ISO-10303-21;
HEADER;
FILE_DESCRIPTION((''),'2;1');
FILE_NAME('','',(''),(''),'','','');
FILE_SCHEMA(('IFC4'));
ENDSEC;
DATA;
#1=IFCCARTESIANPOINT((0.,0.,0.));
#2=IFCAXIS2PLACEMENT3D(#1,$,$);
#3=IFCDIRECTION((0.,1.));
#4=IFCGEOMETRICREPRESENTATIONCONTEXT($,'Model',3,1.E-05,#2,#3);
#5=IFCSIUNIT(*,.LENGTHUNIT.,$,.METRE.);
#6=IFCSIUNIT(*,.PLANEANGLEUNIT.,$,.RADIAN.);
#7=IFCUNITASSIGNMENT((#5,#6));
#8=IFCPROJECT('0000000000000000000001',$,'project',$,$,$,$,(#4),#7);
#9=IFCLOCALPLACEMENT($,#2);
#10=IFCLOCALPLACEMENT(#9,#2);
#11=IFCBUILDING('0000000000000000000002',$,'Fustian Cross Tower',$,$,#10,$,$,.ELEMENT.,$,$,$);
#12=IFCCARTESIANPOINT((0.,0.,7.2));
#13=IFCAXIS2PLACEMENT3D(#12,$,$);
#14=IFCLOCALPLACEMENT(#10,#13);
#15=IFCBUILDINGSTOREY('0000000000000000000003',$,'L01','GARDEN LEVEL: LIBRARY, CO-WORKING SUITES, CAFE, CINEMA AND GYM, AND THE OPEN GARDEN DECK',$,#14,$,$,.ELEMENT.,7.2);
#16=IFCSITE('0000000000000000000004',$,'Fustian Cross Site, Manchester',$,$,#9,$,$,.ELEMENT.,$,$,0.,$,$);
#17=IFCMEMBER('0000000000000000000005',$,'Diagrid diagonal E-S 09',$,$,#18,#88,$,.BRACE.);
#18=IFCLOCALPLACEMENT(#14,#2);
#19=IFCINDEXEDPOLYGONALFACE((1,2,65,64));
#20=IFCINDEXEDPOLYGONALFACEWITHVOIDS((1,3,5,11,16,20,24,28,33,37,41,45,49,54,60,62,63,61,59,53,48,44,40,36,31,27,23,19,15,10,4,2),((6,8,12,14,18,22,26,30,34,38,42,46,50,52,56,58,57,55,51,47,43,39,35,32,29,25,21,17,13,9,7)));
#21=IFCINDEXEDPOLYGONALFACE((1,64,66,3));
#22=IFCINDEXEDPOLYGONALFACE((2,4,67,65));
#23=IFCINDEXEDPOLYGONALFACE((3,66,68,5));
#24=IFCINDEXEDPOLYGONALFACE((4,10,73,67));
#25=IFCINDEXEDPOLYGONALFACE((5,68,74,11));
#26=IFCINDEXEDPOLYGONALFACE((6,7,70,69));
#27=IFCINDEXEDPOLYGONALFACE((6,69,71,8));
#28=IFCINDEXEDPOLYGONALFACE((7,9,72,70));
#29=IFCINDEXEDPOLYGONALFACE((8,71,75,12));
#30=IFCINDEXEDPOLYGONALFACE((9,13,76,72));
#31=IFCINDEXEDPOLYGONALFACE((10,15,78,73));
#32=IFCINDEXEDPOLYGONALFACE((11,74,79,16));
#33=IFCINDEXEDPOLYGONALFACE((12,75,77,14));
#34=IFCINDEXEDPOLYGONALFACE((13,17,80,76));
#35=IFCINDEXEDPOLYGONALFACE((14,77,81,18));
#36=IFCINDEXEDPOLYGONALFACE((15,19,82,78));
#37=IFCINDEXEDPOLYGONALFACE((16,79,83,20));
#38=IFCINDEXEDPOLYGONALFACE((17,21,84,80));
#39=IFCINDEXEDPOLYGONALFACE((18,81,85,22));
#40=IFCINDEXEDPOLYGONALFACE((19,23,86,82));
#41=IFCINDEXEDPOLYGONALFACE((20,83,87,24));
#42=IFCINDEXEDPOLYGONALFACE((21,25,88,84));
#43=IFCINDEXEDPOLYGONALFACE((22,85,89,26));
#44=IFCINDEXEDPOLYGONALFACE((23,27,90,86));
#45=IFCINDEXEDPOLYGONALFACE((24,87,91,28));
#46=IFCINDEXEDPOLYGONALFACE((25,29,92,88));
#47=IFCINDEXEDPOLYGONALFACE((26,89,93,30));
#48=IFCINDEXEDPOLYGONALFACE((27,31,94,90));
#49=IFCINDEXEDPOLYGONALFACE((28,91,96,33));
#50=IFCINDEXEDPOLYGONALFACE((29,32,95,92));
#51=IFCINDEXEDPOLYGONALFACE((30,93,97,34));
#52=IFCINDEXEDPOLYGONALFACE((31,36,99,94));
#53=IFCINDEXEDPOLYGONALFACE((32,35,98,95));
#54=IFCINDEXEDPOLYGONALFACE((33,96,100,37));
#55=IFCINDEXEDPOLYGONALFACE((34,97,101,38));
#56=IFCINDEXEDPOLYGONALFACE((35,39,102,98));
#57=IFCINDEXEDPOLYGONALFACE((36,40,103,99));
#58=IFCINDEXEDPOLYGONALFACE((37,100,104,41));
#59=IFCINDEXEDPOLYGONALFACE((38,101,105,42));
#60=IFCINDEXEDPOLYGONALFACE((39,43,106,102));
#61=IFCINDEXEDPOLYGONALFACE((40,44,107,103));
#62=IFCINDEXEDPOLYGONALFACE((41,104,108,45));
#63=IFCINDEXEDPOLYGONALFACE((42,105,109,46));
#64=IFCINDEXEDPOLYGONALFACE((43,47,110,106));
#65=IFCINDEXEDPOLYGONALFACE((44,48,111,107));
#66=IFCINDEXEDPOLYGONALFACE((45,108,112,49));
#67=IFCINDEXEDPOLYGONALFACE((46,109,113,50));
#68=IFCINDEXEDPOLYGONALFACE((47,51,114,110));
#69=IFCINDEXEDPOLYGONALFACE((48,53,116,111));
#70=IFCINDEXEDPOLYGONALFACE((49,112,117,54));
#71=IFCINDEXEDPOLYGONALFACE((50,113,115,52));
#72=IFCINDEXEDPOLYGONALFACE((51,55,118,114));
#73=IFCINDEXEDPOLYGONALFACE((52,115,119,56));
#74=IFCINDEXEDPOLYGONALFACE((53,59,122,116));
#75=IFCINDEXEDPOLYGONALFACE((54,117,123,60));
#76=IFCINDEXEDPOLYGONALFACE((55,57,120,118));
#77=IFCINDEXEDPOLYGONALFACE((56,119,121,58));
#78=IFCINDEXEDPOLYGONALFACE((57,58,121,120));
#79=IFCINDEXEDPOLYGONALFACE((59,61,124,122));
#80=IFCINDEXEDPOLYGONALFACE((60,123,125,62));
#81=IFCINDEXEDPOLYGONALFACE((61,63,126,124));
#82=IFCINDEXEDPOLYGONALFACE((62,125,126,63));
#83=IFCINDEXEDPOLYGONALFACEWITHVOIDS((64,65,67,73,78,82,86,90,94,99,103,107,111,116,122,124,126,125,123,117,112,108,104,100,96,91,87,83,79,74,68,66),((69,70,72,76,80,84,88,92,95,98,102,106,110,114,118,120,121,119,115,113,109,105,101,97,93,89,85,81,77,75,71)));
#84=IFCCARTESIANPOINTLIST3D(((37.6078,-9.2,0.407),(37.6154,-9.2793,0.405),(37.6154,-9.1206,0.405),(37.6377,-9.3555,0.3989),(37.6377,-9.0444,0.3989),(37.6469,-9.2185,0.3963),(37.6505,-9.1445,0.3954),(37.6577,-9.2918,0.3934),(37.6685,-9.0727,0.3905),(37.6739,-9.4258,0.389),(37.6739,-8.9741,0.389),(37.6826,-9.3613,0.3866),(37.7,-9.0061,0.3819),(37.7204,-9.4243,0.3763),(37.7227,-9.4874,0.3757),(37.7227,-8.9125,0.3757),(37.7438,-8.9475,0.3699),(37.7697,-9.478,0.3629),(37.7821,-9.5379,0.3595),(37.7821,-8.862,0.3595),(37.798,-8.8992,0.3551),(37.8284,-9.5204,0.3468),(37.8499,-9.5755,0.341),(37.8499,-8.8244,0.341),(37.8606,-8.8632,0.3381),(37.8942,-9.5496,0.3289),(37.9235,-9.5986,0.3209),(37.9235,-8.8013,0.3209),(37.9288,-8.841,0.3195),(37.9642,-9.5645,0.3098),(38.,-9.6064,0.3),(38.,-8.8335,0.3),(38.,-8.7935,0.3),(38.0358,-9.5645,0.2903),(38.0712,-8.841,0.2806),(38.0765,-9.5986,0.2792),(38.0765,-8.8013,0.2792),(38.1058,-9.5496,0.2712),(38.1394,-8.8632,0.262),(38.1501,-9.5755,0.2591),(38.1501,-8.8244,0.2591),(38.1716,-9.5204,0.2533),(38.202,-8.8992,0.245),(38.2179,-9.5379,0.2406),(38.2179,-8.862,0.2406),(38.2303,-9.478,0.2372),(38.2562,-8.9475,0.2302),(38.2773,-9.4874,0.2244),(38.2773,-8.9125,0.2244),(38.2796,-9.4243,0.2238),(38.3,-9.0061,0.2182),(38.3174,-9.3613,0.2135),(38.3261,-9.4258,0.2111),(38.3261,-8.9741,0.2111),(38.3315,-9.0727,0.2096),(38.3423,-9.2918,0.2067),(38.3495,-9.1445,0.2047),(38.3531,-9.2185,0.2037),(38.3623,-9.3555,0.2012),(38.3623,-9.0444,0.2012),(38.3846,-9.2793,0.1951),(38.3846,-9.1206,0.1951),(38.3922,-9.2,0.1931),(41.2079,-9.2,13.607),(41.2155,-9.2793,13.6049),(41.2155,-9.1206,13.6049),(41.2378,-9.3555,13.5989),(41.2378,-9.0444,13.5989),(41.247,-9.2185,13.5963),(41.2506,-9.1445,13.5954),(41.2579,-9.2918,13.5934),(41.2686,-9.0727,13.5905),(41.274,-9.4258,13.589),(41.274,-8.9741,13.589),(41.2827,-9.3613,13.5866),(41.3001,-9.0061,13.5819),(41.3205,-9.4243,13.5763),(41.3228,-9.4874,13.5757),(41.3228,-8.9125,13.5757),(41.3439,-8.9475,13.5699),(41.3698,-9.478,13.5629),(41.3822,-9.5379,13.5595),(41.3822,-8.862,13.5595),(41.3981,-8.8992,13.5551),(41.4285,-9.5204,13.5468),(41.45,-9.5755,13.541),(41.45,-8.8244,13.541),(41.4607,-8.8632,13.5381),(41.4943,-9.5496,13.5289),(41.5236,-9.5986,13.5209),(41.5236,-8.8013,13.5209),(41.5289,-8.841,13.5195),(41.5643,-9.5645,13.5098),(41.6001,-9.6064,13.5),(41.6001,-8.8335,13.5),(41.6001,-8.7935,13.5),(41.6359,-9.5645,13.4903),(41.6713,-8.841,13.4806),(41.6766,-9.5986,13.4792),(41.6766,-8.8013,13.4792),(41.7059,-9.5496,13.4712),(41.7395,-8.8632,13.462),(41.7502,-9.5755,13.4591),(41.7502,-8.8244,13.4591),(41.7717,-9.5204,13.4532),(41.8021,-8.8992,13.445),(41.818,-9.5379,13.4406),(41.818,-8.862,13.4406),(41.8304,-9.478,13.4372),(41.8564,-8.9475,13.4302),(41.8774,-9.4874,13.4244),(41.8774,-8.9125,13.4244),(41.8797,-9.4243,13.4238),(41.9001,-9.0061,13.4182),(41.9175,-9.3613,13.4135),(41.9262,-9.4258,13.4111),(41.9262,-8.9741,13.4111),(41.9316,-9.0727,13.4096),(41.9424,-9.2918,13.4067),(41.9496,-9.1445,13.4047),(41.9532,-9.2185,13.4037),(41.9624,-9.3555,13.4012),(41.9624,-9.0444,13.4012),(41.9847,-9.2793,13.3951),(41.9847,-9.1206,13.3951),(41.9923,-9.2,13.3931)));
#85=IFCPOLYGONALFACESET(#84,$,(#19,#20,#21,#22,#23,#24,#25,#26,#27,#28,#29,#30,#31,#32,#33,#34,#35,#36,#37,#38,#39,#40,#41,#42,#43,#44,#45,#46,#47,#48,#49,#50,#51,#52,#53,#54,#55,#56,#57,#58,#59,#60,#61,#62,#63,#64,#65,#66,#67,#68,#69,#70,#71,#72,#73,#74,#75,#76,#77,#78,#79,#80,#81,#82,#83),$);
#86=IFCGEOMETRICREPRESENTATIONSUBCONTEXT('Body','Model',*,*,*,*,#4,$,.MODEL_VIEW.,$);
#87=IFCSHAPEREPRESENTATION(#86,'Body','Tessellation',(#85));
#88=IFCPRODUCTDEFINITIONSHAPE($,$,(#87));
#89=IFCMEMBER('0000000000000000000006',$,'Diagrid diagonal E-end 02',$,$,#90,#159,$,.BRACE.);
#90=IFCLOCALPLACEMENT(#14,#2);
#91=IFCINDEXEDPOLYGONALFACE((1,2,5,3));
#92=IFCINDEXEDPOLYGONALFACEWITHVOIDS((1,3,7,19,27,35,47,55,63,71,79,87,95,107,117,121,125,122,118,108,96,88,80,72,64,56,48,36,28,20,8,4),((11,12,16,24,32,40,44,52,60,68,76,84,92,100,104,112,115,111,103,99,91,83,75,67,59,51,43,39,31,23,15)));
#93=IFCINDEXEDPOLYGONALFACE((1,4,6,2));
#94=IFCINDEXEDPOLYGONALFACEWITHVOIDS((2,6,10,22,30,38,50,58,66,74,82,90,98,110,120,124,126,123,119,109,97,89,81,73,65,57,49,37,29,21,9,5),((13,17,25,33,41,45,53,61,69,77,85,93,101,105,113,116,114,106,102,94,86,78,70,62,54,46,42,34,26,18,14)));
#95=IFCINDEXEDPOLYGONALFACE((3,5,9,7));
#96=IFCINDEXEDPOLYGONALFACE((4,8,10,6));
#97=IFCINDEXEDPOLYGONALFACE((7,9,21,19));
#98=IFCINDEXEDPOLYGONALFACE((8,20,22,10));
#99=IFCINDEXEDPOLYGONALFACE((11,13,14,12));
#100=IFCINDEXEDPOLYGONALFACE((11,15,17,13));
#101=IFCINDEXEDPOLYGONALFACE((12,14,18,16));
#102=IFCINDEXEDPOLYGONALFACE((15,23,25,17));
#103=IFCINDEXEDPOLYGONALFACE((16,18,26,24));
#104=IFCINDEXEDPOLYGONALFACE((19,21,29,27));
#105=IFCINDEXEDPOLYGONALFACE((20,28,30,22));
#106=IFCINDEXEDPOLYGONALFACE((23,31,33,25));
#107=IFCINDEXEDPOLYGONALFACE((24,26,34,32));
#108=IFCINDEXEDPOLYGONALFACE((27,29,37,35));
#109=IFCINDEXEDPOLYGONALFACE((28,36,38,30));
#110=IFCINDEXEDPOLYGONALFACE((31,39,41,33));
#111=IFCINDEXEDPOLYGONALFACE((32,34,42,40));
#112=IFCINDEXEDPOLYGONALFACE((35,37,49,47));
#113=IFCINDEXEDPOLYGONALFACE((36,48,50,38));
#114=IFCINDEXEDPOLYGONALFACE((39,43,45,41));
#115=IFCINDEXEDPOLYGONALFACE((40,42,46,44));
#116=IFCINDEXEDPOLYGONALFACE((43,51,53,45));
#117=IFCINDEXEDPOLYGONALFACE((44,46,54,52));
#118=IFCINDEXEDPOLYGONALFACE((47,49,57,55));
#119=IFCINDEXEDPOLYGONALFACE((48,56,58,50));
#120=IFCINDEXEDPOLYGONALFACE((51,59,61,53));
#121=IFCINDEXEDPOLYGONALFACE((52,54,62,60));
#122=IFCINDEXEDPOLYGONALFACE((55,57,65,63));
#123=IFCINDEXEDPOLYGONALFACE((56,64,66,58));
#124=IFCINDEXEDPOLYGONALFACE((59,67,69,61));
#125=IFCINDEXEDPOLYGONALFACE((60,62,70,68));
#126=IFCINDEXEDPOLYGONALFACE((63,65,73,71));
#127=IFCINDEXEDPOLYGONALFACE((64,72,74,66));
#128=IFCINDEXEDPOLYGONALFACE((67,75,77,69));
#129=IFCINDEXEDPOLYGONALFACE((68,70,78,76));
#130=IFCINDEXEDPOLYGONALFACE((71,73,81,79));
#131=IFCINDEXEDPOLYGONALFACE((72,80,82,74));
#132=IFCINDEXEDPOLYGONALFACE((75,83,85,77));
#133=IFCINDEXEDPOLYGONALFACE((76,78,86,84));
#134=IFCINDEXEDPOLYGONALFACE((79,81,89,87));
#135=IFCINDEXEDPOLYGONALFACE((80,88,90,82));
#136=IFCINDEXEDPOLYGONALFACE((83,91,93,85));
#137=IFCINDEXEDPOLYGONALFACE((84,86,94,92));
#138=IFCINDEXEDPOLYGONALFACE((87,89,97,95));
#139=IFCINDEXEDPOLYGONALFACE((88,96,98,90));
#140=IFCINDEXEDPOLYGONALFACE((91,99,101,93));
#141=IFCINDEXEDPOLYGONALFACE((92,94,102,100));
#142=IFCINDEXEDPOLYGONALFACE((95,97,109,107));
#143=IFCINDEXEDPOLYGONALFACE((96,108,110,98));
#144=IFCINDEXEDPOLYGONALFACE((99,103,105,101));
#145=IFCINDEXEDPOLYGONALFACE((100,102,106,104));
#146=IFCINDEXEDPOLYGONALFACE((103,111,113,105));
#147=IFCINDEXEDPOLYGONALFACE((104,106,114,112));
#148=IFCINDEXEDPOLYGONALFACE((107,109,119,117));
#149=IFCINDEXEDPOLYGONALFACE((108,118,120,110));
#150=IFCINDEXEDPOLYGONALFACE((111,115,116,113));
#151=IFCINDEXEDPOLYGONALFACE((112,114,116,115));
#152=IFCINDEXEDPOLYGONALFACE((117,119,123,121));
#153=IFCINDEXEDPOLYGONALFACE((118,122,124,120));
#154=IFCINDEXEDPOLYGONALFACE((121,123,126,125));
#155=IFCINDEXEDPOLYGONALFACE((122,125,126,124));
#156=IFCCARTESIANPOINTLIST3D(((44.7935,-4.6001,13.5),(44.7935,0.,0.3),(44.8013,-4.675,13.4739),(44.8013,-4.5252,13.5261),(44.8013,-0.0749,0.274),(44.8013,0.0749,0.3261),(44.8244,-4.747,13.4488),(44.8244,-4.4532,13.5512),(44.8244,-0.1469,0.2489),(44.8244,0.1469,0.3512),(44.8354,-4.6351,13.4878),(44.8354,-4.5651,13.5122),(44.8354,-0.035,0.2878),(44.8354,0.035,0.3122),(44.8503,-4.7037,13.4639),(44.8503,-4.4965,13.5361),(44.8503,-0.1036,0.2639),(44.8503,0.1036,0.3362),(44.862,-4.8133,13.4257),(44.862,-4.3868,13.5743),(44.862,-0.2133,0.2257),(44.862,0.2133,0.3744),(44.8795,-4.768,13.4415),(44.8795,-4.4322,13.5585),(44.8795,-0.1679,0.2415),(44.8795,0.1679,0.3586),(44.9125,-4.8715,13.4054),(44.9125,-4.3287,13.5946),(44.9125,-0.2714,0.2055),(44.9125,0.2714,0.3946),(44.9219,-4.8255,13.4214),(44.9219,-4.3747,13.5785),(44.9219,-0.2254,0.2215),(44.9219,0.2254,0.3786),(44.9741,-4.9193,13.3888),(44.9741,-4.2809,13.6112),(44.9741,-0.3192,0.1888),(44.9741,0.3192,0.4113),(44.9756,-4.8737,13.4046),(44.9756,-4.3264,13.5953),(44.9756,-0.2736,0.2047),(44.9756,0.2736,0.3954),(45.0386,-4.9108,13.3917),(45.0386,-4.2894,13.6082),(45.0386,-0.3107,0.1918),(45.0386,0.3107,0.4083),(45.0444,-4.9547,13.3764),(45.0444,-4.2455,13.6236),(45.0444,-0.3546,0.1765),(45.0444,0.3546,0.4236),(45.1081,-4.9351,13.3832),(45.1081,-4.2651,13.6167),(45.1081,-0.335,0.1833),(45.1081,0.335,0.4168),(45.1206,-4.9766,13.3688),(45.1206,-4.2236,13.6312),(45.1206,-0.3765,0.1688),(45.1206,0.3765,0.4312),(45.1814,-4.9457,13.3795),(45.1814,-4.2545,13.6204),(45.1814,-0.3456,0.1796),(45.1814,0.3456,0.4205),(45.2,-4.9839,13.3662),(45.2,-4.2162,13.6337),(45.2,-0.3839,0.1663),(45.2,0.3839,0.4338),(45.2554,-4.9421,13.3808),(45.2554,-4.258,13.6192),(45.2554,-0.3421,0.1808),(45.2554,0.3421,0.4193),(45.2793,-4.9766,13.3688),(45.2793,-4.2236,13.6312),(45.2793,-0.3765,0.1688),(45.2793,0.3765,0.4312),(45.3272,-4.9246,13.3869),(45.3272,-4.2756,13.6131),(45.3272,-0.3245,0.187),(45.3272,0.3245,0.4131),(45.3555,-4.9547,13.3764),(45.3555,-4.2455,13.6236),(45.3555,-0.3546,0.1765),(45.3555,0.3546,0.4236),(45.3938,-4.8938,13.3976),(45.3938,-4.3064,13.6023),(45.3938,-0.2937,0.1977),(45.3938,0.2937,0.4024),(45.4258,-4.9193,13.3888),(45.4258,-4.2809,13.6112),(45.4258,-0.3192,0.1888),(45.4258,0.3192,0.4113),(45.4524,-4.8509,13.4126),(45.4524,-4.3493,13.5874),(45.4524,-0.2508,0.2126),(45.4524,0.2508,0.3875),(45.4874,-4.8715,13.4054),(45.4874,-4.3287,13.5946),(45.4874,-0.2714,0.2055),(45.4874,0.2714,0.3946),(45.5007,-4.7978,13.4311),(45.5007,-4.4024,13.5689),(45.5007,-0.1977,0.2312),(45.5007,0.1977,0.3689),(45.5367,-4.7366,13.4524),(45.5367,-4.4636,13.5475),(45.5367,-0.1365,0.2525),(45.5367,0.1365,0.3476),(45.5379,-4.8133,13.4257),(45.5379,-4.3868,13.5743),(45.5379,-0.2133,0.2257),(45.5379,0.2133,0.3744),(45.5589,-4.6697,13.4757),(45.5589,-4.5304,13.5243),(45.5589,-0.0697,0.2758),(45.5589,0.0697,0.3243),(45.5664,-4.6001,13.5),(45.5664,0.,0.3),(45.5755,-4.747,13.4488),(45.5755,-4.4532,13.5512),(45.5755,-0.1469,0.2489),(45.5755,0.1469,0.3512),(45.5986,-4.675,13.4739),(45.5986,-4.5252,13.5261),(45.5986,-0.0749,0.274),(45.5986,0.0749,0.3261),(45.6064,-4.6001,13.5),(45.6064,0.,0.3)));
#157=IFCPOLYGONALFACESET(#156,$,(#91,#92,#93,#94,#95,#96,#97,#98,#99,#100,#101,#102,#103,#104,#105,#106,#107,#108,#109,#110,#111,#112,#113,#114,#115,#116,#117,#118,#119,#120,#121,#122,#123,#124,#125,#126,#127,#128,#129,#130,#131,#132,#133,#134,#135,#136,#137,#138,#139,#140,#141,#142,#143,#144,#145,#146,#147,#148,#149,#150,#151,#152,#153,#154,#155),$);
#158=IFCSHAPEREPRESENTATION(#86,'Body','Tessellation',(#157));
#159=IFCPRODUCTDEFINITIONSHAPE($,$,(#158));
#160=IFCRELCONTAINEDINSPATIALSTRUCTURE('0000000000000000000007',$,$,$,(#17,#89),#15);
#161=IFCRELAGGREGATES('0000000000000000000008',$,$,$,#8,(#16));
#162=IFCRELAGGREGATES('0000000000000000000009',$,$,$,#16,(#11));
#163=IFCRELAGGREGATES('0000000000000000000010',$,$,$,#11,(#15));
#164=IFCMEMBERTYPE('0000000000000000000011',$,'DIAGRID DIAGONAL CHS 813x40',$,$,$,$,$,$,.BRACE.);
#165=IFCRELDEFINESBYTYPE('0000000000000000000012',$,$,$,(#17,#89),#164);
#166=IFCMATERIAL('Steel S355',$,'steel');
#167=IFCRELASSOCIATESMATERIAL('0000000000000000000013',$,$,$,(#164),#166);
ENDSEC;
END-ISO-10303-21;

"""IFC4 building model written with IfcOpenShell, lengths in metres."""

from ifc_helpers import new_model, si_unit, direction, frame, origin, origin_2d, place, context, subcontext, project, spatial, hollow_circle, extrude, material, material_profile, profile_set, type_object, element, save


model = new_model("IFC4")

# Units and contexts
model_context = context("Model", 3, precision=1e-05, world=origin(), true_north=direction((0.0, 1.0)))
body_context = subcontext(model_context, "Body", "Model", "MODEL_VIEW")
ifc_project = project(units=[si_unit("LENGTHUNIT", "METRE"), si_unit("PLANEANGLEUNIT", "RADIAN")], contexts=[model_context])

# Site, building, storey
site_placement = place(None, origin())
site = spatial("IfcSite", under=ifc_project, at=site_placement, Name="Fustian Cross Site, Manchester", CompositionType="ELEMENT", RefElevation=0.0)
building_placement = place(site_placement, origin())
building = spatial("IfcBuilding", under=site, at=building_placement, Name="Fustian Cross Tower", CompositionType="ELEMENT")
storey_placement = place(building_placement, frame((0.0, 0.0, 7.2)))
storey = spatial("IfcBuildingStorey", under=building, at=storey_placement, Name="L01", Description="GARDEN LEVEL: LIBRARY, CO-WORKING SUITES, CAFE, CINEMA AND GYM, AND THE OPEN GARDEN DECK", CompositionType="ELEMENT", Elevation=7.2)

# Members
ifc_material_1 = material(Name="Steel S355", Category="steel")
ifc_material_profile_1 = material_profile(ifc_material_1, hollow_circle(Radius=0.4065, WallThickness=0.04, at=origin_2d()), Name="CHS 813x40")
ifc_profile_set_1 = profile_set([ifc_material_profile_1], Name="Steel S355")
member_type_1 = type_object("IfcMemberType", Name="DIAGRID DIAGONAL CHS 813x40", PredefinedType="BRACE", material=ifc_profile_set_1)
for number, where, z_axis, x_axis, name in (
    (1, (38.0, -9.2, 0.3), (0.263125, 0.0, 0.964762), (0.0, 1.0, 0.0), "Diagrid diagonal E-S 09"),
):
    element("IfcMember", number, at=place(storey_placement, frame(where, z_axis=z_axis, x_axis=x_axis)), inside=storey, type_object=member_type_1, Name=name, PredefinedType="BRACE", context=body_context, shape_type="SweptSolid", body=[
        extrude(hollow_circle(Radius=0.4065, WallThickness=0.04, at=origin_2d()), origin(), (0.0, 0.0, 1.0), 13.6821),
    ])
for number, where, z_axis, x_axis, name in (
    (2, (45.2, 0.0, 0.3), (0.0, -0.329083, 0.944301), (1.0, 0.0, 0.0), "Diagrid diagonal E-end 02"),
):
    element("IfcMember", number, at=place(storey_placement, frame(where, z_axis=z_axis, x_axis=x_axis)), inside=storey, type_object=member_type_1, Name=name, PredefinedType="BRACE", context=body_context, shape_type="SweptSolid", body=[
        extrude(hollow_circle(Radius=0.4065, WallThickness=0.04, at=origin_2d()), origin(), (0.0, 0.0, 1.0), 13.9785),
    ])

save(model, "model.ifc")
